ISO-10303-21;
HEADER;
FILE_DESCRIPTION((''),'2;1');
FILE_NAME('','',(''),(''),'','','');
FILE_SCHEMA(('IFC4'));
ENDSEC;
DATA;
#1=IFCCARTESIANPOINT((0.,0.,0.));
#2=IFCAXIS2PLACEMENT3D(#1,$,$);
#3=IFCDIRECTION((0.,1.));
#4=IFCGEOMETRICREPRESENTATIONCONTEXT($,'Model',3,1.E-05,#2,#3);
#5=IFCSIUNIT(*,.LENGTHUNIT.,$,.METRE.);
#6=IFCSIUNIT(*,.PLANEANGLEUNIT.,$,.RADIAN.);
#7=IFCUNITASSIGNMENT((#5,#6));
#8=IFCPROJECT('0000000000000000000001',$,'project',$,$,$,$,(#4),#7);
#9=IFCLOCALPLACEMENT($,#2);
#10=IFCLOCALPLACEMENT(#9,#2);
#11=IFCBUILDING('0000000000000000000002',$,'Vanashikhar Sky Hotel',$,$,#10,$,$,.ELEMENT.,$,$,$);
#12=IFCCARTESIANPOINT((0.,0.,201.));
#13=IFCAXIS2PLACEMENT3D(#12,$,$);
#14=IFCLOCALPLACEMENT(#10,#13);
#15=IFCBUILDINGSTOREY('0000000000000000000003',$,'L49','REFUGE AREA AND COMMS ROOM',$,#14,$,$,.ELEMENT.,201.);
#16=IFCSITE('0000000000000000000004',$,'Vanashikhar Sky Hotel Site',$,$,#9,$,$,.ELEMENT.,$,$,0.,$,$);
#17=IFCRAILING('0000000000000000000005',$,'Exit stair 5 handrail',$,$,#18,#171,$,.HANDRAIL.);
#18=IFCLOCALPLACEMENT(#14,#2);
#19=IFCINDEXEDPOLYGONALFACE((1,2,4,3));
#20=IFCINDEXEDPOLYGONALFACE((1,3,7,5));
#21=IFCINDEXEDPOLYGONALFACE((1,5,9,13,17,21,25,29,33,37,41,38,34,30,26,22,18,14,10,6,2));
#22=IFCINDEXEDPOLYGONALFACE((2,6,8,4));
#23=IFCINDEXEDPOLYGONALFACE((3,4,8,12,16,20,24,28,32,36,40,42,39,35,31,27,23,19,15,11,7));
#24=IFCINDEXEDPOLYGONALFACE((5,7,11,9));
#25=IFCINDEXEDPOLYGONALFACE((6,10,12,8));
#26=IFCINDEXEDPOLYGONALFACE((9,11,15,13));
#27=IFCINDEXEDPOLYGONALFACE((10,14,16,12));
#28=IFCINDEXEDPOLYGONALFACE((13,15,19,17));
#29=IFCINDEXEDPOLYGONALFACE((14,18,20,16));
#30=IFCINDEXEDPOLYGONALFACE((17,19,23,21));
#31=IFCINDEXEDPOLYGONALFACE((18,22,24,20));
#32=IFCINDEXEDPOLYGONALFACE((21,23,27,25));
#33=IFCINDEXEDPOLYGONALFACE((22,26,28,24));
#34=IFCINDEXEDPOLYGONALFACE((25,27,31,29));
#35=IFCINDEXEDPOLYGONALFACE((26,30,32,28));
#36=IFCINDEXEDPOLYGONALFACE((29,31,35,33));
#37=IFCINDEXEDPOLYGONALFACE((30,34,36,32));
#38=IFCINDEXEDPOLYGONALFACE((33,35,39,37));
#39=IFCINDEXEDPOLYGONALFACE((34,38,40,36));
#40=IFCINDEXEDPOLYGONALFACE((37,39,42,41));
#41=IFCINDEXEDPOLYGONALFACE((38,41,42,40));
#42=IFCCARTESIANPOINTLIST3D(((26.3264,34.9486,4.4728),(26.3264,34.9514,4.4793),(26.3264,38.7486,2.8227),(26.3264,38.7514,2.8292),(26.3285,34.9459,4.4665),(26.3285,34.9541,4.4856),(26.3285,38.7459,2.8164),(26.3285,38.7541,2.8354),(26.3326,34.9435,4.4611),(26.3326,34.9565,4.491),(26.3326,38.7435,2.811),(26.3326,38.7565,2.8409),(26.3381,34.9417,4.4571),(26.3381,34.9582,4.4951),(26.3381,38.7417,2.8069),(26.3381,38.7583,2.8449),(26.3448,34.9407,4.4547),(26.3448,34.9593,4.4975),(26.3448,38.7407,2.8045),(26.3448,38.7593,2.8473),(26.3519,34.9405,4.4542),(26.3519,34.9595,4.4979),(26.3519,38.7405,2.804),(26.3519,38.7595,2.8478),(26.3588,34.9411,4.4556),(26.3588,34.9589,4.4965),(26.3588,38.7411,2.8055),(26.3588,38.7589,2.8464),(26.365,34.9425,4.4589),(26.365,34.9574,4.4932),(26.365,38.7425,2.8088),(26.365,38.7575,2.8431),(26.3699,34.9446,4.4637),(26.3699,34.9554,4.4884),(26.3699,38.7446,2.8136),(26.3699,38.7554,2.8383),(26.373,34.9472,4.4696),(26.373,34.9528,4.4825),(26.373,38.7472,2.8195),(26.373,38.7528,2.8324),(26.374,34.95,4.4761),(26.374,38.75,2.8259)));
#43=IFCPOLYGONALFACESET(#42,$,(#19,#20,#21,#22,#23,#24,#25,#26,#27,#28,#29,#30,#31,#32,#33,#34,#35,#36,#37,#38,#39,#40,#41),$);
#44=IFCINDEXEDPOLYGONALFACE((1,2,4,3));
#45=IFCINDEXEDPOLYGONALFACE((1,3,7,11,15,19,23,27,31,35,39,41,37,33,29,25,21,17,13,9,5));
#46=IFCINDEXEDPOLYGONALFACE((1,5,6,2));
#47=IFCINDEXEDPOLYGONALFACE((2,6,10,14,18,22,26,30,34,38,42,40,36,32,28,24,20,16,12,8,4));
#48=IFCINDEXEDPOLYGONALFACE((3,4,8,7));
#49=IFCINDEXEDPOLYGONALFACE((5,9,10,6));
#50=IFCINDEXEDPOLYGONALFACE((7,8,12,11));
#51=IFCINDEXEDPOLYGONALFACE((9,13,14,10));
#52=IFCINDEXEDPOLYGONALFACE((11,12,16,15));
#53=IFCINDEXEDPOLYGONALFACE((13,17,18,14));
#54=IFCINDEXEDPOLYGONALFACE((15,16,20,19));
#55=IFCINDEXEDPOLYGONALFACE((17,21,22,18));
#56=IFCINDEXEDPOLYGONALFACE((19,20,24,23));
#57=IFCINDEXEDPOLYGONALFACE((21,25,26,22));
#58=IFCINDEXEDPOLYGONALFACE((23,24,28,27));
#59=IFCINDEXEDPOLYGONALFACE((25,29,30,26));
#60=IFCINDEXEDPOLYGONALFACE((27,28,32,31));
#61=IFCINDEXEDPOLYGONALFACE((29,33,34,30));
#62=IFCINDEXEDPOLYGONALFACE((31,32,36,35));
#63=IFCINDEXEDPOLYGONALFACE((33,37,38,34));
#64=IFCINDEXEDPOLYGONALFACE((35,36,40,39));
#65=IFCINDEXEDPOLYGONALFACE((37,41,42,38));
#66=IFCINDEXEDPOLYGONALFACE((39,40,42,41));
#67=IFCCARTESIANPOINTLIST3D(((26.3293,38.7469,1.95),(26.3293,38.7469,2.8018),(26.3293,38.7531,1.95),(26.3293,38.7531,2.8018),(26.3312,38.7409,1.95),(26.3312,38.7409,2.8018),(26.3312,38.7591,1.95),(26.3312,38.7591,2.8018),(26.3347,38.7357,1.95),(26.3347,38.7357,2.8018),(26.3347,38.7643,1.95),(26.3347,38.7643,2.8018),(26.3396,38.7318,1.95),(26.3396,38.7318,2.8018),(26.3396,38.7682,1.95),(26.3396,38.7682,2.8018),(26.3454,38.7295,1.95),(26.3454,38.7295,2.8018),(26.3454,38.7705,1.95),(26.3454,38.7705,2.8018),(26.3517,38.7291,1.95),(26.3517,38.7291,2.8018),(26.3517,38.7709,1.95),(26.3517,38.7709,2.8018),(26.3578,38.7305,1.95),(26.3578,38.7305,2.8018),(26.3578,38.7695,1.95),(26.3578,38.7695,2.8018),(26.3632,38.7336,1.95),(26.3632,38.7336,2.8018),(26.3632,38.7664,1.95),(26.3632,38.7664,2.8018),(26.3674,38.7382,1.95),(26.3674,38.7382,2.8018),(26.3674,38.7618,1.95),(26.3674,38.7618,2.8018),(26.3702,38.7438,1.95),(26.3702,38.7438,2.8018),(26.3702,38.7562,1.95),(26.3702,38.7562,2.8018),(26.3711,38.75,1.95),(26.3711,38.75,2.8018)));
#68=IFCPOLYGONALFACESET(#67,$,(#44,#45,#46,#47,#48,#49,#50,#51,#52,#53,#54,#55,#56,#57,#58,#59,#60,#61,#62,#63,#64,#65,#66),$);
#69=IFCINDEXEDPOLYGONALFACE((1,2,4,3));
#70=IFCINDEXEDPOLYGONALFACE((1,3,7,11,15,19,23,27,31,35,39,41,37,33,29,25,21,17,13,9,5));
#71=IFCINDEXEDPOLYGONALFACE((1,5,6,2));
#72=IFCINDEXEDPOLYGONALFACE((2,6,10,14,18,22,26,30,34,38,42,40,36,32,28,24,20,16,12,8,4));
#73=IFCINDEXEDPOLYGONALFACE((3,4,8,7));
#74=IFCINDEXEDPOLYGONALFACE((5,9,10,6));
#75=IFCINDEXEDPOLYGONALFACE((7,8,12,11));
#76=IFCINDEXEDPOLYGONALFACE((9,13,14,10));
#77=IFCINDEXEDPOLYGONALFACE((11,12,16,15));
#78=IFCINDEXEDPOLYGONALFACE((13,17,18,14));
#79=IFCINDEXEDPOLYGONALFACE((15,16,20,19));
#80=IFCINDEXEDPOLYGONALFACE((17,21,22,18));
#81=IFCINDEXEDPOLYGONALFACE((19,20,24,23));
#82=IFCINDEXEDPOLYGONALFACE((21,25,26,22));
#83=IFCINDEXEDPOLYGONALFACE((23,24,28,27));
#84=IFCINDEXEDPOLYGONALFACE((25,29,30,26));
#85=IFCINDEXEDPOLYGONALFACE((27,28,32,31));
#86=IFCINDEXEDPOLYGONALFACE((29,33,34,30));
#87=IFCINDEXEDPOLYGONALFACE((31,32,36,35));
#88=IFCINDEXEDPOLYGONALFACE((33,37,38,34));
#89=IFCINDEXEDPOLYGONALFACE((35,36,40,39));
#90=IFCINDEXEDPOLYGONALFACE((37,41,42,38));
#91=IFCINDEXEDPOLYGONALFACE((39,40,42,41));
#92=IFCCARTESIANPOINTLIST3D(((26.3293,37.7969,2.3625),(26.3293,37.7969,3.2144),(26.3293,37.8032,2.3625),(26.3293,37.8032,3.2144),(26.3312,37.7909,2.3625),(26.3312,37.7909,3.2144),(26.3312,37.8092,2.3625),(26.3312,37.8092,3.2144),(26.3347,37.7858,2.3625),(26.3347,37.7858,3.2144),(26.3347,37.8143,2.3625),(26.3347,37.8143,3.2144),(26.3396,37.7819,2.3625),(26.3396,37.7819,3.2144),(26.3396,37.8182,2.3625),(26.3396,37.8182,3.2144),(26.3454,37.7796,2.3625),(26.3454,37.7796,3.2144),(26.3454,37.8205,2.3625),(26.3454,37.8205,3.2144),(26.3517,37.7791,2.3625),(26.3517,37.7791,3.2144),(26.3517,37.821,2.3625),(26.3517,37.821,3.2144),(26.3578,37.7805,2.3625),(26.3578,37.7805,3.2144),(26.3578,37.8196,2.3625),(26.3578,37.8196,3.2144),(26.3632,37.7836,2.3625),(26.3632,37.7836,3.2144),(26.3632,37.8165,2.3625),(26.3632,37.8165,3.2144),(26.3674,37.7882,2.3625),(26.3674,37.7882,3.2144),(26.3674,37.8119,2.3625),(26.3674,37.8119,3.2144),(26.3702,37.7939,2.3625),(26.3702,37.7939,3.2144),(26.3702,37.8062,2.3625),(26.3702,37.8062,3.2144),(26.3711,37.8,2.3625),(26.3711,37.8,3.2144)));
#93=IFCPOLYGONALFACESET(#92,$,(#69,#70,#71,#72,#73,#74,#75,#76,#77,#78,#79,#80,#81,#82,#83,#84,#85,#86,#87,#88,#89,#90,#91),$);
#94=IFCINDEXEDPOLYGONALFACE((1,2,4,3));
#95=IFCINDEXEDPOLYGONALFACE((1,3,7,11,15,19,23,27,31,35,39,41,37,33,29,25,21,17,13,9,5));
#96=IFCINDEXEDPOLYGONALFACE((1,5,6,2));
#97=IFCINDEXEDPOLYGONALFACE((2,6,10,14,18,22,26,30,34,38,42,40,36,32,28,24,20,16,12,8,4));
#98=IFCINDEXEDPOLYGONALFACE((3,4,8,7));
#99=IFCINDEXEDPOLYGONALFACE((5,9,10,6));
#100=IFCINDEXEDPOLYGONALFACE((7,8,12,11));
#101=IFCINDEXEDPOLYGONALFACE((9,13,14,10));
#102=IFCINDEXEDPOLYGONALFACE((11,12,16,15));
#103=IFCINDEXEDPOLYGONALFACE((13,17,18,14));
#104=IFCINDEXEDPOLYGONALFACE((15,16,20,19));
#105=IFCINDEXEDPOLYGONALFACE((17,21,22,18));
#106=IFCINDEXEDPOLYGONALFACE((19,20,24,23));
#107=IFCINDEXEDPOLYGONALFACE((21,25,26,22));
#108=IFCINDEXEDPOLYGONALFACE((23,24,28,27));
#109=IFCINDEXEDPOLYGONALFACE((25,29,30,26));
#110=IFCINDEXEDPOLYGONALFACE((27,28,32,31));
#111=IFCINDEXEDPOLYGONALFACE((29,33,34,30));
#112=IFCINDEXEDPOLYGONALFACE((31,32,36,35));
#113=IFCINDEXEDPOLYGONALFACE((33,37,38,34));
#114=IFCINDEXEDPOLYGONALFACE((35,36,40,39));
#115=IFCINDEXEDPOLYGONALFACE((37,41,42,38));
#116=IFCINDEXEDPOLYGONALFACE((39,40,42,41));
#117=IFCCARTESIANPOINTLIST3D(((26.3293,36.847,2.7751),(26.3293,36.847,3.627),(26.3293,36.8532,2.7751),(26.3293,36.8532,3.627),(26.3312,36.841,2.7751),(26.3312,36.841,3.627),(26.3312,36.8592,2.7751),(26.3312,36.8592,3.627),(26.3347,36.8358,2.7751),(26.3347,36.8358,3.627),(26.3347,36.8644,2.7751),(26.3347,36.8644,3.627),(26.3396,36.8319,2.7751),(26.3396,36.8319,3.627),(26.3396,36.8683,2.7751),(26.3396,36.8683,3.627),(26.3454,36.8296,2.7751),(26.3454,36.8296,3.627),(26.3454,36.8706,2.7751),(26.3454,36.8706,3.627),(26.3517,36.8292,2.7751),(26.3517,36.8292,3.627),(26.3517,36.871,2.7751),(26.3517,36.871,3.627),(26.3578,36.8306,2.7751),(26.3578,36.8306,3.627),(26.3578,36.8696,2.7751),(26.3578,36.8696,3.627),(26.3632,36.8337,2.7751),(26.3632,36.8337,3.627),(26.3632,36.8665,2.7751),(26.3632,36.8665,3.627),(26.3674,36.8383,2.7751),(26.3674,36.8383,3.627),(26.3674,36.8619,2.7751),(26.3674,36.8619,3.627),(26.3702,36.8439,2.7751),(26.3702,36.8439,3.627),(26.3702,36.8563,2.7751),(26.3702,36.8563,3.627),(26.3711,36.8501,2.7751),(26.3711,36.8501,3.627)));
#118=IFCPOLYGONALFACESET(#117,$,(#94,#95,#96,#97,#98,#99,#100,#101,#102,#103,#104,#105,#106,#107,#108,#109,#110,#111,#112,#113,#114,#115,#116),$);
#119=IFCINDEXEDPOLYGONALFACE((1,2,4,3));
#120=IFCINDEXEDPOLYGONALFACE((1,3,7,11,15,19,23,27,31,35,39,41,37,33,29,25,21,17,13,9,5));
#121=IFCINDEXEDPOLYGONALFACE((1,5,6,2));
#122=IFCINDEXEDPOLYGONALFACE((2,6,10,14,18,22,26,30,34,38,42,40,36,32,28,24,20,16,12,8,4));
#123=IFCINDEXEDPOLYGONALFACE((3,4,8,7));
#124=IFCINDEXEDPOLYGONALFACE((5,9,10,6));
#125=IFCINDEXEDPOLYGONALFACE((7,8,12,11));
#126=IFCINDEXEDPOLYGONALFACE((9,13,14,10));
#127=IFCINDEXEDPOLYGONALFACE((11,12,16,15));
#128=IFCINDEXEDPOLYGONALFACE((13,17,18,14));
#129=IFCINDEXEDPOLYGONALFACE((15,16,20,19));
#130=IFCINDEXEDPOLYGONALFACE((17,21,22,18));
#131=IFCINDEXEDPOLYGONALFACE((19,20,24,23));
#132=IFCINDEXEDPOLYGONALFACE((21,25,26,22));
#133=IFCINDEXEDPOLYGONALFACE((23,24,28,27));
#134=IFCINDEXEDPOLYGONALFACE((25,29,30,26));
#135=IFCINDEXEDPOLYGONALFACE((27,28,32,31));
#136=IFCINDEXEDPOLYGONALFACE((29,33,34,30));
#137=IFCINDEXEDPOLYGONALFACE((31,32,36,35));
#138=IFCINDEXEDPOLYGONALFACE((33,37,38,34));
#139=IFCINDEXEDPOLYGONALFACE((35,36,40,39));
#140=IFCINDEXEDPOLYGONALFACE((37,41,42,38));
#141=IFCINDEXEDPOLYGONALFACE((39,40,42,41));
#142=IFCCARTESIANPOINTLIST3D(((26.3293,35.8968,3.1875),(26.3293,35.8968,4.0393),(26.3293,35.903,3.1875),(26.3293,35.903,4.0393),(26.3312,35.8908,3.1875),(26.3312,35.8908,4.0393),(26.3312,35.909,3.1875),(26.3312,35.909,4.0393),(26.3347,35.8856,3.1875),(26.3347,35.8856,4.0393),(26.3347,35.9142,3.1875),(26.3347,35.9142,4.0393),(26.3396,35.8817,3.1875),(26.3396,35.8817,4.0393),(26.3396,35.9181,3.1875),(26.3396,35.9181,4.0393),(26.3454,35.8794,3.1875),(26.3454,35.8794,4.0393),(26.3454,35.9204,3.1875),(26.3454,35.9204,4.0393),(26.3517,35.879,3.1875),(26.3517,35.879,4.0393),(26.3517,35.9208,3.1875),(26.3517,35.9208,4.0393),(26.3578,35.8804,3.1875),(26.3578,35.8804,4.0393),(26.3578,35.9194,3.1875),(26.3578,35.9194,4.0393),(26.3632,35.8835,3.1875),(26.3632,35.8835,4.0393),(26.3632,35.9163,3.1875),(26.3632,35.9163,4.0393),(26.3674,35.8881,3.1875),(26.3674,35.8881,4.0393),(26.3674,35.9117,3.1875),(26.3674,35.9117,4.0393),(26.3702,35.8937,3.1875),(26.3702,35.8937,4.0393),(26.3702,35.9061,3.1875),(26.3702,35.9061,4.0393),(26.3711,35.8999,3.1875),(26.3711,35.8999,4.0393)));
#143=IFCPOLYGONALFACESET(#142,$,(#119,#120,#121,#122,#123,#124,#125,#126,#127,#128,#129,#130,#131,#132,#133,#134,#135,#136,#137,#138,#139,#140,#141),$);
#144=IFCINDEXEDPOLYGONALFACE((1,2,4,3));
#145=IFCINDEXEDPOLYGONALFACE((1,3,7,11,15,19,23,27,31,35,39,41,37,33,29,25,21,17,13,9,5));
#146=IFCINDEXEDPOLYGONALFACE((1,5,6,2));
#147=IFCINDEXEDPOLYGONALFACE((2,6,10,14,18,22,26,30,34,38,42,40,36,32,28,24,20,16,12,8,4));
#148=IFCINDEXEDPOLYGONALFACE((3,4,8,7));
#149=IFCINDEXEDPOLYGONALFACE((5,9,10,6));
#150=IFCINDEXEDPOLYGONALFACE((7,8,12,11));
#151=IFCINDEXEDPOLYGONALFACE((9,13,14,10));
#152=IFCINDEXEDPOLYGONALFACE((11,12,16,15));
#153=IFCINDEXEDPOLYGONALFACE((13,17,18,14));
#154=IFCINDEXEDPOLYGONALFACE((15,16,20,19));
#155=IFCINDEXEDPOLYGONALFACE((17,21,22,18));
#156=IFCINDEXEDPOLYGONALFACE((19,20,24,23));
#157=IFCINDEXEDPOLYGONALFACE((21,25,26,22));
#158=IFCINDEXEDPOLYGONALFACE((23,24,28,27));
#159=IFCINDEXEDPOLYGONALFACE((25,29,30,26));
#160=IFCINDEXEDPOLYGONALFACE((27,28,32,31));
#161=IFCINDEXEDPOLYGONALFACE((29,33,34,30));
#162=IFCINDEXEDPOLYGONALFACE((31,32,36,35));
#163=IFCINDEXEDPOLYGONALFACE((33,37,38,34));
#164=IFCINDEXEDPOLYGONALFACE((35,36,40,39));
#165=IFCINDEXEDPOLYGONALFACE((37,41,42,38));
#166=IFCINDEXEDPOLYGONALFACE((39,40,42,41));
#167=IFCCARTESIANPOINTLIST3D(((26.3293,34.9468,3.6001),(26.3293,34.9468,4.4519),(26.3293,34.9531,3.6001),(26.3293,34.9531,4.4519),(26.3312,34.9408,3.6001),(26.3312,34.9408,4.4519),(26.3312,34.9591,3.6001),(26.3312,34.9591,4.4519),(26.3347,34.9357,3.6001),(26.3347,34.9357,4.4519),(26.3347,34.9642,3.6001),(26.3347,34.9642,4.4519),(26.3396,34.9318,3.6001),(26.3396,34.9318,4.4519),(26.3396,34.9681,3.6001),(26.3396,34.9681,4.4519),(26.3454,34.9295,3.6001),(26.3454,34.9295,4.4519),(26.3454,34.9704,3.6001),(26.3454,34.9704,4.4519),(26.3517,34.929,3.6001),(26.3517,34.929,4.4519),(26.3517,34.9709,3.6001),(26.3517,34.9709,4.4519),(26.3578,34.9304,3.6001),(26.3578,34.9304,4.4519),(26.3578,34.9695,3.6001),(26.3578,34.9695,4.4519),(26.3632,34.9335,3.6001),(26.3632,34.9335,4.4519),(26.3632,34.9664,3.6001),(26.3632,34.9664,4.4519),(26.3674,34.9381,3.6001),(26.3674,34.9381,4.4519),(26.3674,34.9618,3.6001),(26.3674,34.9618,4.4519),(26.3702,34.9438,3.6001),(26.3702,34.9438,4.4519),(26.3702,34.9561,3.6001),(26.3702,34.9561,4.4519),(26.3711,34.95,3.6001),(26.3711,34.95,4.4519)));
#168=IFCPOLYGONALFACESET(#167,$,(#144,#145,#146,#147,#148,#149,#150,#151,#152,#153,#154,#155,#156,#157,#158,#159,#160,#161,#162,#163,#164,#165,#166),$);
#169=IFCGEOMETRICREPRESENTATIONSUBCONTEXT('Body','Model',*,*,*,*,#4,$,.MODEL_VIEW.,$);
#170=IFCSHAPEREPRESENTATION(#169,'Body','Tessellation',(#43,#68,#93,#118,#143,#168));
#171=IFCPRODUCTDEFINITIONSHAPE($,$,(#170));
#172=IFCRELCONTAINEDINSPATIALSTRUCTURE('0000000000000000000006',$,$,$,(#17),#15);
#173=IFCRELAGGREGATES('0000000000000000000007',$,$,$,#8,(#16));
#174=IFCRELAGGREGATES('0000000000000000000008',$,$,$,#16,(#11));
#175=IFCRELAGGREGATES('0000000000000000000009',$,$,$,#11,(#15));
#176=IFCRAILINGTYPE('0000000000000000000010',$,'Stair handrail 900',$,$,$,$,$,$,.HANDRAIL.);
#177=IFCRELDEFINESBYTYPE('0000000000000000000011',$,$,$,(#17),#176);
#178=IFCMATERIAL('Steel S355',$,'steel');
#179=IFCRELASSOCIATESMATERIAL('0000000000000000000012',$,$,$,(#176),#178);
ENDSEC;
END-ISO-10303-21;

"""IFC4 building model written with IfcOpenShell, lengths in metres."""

from ifc_helpers import new_model, si_unit, direction, frame, origin, origin_2d, place, context, subcontext, project, spatial, circle, extrude, source, transform, mapped, material, type_object, element, save


model = new_model("IFC4")

# Units and contexts
model_context = context("Model", 3, precision=1e-05, world=origin(), true_north=direction((0.0, 1.0)))
body_context = subcontext(model_context, "Body", "Model", "MODEL_VIEW")
ifc_project = project(units=[si_unit("LENGTHUNIT", "METRE"), si_unit("PLANEANGLEUNIT", "RADIAN")], contexts=[model_context])

# Site, building, storey
site_placement = place(None, origin())
site = spatial("IfcSite", under=ifc_project, at=site_placement, Name="Vanashikhar Sky Hotel Site", CompositionType="ELEMENT", RefElevation=0.0)
building_placement = place(site_placement, origin())
building = spatial("IfcBuilding", under=site, at=building_placement, Name="Vanashikhar Sky Hotel", CompositionType="ELEMENT")
storey_placement = place(building_placement, frame((0.0, 0.0, 201.0)))
storey = spatial("IfcBuildingStorey", under=building, at=storey_placement, Name="L49", Description="REFUGE AREA AND COMMS ROOM", CompositionType="ELEMENT", Elevation=201.0)

# Railing
ifc_material_1 = material(Name="Steel S355", Category="steel")
railing_type_1 = type_object("IfcRailingType", Name="Stair handrail 900", PredefinedType="HANDRAIL", material=ifc_material_1)
shared_shape_1 = source(origin(), body_context, "Body", "SweptSolid", [
    extrude(circle(Radius=0.0239, at=origin_2d()), frame((0.0, 0.0, 0.876), z_axis=(0.0, -0.917251, 0.39831), x_axis=(1.0, 0.0, 0.0)), (0.0, 0.0, 1.0), 4.1428),
    extrude(circle(Radius=0.021, at=origin_2d()), origin(), (0.0, 0.0, 1.0), 0.8518),
    extrude(circle(Radius=0.021, at=origin_2d()), frame((0.0, -0.95, 0.4126)), (0.0, 0.0, 1.0), 0.8518),
    extrude(circle(Radius=0.021, at=origin_2d()), frame((0.0, -1.8999, 0.8252)), (0.0, 0.0, 1.0), 0.8518),
    extrude(circle(Radius=0.021, at=origin_2d()), frame((0.0, -2.8501, 1.2375)), (0.0, 0.0, 1.0), 0.8518),
    extrude(circle(Radius=0.021, at=origin_2d()), frame((0.0, -3.8, 1.6501)), (0.0, 0.0, 1.0), 0.8518),
])
for number, where, name in (
    (1, (26.3501, 38.75, 1.95), "Exit stair 5 handrail"),
):
    element("IfcRailing", number, at=place(storey_placement, frame(where)), inside=storey, type_object=railing_type_1, Name=name, PredefinedType="HANDRAIL", context=body_context, shape_type="MappedRepresentation", body=[
        mapped(shared_shape_1, transform((0.0, 0.0, 0.0), scale=1.0)),
    ])

save(model, "model.ifc")
